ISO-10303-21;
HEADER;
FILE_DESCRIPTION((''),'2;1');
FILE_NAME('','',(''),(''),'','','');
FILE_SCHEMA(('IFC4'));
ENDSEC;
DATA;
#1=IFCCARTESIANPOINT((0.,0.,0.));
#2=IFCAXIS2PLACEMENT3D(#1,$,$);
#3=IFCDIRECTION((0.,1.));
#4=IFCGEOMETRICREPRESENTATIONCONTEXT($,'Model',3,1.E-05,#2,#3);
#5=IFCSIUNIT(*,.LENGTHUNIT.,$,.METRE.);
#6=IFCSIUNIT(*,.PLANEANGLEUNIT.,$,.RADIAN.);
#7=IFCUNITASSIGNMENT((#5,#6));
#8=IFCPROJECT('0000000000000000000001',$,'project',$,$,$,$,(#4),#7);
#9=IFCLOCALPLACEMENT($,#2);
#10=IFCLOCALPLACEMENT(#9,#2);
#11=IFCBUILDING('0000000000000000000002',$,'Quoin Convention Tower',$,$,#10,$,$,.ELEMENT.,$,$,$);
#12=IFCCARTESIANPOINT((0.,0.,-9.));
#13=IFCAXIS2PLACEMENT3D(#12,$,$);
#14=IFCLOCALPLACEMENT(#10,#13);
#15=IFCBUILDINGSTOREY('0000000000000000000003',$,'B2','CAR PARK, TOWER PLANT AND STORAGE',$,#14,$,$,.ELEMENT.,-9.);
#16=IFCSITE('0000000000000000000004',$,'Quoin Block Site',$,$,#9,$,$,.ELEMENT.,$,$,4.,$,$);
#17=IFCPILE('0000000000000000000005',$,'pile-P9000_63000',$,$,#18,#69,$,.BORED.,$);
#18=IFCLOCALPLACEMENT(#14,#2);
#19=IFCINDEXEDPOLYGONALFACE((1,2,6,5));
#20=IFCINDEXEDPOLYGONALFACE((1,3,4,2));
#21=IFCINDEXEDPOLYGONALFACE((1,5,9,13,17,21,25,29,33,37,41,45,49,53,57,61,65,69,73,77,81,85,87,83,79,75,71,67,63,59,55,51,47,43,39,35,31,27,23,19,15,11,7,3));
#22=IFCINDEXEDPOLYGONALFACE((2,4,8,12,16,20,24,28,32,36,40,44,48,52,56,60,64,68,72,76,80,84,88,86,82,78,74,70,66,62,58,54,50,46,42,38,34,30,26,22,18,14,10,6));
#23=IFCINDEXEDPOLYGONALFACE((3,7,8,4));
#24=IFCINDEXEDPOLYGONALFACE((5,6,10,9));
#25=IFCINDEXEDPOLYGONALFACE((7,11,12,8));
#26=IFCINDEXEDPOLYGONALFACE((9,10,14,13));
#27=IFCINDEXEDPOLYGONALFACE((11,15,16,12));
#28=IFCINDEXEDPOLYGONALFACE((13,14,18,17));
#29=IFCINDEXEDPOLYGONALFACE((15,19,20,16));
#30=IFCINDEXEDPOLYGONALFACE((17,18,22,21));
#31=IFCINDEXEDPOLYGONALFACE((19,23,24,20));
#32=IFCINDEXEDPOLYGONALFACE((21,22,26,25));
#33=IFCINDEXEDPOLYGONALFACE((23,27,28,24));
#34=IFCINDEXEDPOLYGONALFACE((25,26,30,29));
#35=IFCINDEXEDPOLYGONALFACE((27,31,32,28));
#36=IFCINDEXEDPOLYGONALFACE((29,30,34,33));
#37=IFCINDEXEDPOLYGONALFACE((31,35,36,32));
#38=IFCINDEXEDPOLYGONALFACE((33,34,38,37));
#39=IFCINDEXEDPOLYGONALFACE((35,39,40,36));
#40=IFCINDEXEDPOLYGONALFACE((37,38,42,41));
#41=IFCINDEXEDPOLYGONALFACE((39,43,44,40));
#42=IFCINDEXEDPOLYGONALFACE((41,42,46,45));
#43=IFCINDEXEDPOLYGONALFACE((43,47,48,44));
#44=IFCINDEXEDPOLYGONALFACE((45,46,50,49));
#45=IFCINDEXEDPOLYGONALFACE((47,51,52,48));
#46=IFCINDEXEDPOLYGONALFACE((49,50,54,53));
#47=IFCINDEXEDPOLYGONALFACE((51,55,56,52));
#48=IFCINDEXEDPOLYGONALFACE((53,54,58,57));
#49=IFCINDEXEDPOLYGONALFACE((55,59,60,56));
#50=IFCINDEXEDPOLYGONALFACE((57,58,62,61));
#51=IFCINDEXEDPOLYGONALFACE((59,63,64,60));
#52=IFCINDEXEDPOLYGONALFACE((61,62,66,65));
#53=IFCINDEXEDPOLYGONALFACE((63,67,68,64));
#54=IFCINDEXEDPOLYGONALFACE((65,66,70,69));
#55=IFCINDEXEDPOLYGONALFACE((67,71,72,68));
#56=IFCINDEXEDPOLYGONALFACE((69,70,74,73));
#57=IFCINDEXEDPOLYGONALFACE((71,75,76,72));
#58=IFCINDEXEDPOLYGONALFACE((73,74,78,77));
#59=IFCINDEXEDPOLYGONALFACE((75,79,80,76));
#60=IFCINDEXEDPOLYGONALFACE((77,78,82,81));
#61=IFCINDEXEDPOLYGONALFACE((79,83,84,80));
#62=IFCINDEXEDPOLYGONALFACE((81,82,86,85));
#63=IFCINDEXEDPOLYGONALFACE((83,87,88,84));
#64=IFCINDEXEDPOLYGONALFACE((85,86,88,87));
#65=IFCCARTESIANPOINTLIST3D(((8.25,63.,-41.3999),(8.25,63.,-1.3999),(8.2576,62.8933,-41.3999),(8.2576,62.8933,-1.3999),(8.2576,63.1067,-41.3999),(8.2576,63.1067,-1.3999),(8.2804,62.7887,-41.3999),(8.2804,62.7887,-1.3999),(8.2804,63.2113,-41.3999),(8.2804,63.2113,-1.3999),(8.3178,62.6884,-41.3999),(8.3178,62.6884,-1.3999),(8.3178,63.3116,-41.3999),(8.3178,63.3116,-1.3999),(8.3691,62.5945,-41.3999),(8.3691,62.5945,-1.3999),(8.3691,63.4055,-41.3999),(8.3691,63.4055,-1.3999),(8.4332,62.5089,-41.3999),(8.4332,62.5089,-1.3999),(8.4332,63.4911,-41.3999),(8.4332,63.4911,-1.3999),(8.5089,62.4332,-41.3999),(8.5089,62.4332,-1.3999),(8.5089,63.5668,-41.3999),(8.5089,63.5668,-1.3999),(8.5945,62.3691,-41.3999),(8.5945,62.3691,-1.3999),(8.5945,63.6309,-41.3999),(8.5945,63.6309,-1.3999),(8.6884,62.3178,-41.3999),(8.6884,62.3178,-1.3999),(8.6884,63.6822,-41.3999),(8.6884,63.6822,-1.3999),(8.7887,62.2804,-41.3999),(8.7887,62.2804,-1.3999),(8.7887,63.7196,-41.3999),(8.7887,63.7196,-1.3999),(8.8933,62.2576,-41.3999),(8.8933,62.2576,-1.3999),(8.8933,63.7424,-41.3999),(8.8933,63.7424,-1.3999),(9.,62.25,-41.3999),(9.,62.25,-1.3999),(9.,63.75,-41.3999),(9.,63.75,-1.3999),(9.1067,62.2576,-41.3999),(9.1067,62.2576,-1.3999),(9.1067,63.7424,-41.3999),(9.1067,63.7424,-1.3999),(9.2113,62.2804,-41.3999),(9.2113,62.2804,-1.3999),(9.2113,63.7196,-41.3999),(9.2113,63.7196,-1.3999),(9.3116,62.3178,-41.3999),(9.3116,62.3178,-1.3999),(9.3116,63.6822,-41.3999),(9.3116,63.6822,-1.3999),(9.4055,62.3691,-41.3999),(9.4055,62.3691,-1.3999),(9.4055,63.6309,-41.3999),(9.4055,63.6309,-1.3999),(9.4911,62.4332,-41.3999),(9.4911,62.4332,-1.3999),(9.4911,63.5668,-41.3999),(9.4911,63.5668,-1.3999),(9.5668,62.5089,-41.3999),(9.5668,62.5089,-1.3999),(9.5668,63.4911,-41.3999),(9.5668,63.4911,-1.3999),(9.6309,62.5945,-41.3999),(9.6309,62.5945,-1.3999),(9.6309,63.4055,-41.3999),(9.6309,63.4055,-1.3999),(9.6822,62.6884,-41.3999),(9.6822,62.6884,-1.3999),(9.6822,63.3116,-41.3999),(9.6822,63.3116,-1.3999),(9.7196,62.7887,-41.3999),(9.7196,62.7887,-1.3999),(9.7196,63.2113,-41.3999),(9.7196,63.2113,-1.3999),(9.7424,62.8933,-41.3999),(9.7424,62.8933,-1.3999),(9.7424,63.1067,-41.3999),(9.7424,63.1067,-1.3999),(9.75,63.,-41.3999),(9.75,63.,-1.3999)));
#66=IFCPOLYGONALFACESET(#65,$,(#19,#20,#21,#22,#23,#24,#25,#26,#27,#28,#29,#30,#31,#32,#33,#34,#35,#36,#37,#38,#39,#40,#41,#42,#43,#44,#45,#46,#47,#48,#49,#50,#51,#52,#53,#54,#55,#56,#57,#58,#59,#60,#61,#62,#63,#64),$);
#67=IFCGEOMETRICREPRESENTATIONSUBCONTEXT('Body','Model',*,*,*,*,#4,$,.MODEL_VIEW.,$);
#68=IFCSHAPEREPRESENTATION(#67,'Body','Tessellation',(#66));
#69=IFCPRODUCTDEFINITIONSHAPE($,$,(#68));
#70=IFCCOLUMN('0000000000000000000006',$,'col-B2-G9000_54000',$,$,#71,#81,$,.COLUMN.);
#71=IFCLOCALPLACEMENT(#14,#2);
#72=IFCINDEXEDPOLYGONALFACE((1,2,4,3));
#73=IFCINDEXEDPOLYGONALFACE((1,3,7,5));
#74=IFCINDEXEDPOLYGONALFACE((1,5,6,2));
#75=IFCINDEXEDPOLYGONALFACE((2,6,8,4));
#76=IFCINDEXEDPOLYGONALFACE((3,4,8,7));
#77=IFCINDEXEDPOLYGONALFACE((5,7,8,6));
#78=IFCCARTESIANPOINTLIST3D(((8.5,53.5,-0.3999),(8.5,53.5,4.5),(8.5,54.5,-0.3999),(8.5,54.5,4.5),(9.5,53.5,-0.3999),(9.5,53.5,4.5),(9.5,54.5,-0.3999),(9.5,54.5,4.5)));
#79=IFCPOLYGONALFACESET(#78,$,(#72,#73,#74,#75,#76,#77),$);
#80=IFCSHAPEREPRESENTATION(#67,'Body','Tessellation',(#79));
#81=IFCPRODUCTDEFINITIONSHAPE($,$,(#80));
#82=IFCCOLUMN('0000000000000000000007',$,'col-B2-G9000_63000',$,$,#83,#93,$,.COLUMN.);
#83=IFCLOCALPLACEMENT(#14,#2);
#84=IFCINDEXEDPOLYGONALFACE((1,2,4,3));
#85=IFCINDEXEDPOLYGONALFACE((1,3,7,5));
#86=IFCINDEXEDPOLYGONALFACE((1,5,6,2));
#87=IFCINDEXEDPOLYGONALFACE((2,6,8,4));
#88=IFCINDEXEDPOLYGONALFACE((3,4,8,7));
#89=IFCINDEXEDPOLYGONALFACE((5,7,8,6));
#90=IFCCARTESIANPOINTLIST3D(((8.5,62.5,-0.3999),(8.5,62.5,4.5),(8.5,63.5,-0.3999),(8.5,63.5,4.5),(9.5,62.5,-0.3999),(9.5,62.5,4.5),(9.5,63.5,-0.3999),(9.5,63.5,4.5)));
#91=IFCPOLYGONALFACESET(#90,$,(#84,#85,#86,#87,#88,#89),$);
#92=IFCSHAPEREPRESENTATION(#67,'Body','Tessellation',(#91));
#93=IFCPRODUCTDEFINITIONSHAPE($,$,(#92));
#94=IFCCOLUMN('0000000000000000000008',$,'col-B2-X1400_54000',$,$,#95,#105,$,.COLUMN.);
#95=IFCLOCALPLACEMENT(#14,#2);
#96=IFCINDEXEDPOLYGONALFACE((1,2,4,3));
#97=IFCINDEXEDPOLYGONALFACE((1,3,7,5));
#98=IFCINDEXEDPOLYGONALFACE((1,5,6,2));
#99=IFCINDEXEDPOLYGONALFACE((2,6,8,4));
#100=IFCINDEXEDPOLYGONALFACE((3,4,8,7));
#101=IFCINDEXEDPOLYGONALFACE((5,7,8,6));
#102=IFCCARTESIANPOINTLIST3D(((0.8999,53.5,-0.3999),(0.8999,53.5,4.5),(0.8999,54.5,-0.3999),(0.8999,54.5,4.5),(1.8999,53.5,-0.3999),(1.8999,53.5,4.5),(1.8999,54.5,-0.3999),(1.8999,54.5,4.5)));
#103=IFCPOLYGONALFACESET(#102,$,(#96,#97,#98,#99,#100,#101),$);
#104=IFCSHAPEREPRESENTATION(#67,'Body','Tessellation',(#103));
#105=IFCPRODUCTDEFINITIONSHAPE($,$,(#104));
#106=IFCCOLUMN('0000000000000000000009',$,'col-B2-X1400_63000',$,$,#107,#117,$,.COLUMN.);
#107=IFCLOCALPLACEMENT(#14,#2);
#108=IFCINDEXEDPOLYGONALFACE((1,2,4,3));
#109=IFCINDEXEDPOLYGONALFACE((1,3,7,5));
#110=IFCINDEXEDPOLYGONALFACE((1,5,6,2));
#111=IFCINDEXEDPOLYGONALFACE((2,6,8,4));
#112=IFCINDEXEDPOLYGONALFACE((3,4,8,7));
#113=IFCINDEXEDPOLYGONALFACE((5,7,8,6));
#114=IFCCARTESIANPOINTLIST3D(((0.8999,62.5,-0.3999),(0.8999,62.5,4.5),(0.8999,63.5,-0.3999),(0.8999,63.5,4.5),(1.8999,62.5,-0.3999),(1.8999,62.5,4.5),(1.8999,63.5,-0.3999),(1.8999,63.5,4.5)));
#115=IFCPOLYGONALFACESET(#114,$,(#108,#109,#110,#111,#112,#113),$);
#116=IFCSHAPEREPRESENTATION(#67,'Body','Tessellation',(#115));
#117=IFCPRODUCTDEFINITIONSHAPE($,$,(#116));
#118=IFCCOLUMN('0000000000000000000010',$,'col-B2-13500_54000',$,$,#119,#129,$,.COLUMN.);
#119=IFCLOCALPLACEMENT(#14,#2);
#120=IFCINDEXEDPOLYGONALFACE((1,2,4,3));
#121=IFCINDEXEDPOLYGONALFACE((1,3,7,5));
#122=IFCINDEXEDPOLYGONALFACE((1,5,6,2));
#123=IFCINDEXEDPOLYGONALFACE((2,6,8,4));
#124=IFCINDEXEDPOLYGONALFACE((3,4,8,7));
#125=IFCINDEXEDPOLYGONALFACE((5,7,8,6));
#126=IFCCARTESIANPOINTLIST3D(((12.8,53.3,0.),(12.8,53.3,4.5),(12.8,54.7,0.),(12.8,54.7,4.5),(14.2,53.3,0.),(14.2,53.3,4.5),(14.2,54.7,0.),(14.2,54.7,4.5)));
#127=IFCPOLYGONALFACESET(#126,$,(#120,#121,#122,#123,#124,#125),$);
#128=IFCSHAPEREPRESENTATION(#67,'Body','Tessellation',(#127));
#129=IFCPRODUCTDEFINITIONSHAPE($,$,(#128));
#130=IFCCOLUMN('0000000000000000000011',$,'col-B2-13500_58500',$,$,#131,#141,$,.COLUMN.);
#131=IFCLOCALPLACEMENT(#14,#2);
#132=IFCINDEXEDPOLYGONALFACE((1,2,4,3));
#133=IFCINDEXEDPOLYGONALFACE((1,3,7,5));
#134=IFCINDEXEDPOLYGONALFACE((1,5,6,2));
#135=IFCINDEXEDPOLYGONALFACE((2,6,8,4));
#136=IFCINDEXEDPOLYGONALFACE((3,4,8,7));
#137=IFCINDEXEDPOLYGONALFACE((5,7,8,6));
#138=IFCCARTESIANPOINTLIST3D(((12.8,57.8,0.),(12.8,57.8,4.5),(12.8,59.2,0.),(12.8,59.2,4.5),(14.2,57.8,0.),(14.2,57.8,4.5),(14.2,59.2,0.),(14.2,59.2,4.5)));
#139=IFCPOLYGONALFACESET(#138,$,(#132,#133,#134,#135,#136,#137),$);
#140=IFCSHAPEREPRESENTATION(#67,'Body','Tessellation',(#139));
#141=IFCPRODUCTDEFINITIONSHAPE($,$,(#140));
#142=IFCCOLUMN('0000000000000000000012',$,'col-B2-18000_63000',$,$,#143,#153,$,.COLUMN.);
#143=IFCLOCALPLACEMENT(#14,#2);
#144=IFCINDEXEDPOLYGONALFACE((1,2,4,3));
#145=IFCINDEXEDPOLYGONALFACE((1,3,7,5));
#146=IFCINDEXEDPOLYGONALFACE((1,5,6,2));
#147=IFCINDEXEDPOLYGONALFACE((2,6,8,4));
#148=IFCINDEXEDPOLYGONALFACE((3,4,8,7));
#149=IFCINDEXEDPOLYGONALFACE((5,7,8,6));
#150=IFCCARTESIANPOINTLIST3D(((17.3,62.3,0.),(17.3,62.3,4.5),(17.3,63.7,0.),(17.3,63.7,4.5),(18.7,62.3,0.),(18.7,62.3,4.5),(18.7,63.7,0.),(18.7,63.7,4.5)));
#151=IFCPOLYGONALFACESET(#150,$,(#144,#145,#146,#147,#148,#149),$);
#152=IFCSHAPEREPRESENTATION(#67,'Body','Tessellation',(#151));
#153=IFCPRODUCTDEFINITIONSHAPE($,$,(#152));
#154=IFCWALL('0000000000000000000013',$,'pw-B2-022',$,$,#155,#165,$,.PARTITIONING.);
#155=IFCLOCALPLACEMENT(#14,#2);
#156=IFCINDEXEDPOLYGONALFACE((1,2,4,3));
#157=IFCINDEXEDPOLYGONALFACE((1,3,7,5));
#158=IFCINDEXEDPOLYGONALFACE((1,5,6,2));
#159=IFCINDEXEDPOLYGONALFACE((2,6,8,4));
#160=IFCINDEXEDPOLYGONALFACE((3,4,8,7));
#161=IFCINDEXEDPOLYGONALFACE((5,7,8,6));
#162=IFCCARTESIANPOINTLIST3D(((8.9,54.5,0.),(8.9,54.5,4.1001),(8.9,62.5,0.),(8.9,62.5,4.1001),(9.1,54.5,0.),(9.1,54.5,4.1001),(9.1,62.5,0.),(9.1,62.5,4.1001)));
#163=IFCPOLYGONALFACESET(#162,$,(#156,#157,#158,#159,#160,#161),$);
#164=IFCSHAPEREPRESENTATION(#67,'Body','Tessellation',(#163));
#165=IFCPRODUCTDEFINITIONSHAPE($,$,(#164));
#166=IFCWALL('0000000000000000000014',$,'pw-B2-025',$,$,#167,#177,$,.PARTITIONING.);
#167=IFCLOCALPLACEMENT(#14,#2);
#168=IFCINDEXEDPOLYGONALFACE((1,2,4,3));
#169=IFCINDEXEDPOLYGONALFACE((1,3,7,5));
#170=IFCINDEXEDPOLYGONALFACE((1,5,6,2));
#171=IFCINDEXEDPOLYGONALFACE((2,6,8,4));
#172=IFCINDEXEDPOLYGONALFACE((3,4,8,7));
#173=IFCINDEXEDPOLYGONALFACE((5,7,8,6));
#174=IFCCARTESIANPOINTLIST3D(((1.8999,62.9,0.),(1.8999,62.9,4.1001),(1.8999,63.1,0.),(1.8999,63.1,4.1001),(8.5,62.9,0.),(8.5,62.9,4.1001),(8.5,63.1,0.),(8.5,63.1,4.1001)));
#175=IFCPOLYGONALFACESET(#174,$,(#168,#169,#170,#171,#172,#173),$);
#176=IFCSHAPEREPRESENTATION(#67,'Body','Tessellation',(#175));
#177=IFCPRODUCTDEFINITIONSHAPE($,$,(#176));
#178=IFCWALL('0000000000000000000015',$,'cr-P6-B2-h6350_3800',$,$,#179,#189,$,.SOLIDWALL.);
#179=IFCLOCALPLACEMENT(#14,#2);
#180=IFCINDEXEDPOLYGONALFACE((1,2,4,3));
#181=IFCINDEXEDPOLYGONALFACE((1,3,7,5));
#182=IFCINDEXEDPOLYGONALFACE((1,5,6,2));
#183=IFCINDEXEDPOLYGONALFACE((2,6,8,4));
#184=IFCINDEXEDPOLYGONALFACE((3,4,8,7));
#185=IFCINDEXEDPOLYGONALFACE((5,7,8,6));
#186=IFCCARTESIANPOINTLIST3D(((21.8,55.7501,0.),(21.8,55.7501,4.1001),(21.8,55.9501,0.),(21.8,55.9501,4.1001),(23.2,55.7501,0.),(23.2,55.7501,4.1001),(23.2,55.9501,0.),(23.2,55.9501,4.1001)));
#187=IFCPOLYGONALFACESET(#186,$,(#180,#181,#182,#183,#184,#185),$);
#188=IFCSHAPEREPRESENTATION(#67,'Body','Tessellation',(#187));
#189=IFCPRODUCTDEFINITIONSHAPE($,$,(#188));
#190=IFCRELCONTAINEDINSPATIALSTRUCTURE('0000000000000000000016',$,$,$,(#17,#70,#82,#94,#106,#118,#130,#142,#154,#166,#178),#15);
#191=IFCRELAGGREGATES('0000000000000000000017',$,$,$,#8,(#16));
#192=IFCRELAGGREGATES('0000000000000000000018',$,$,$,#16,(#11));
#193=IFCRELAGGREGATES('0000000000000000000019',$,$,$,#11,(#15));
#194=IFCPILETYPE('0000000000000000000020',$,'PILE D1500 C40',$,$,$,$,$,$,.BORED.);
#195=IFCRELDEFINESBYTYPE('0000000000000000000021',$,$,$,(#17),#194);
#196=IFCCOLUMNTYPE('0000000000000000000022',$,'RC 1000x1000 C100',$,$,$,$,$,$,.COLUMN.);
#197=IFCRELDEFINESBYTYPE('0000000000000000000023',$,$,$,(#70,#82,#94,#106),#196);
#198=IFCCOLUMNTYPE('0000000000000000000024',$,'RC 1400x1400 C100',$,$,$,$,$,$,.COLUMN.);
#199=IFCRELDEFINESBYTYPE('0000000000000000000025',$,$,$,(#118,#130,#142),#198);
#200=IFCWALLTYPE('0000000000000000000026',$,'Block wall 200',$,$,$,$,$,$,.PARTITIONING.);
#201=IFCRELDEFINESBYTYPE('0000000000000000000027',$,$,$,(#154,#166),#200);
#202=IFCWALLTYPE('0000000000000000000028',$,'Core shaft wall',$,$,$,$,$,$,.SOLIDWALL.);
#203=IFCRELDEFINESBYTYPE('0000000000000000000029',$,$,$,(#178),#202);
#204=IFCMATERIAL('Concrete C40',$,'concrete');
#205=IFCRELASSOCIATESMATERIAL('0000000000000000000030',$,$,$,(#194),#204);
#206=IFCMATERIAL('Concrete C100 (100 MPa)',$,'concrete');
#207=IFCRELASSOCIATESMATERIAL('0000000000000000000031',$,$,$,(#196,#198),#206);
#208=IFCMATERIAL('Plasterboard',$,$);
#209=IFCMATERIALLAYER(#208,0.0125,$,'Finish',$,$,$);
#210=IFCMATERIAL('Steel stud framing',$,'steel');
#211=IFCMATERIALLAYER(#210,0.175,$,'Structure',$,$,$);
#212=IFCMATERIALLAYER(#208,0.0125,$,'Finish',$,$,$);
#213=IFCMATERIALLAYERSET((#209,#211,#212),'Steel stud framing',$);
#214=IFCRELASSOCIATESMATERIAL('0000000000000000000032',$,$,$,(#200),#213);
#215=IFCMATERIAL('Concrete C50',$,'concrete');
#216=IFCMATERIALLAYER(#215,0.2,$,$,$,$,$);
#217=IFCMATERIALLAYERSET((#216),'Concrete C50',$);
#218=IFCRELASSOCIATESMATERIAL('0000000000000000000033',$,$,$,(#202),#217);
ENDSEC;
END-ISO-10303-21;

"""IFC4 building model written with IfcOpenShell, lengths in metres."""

from ifc_helpers import new_model, si_unit, direction, frame, frame_2d, origin, origin_2d, place, context, subcontext, project, spatial, rectangle, circle, extrude, material, layer, layer_set, material_profile, profile_set, type_object, element, save


model = new_model("IFC4")

# Units and contexts
model_context = context("Model", 3, precision=1e-05, world=origin(), true_north=direction((0.0, 1.0)))
body_context = subcontext(model_context, "Body", "Model", "MODEL_VIEW")
ifc_project = project(units=[si_unit("LENGTHUNIT", "METRE"), si_unit("PLANEANGLEUNIT", "RADIAN")], contexts=[model_context])

# Site, building, storey
site_placement = place(None, origin())
site = spatial("IfcSite", under=ifc_project, at=site_placement, Name="Quoin Block Site", CompositionType="ELEMENT", RefElevation=4.0)
building_placement = place(site_placement, origin())
building = spatial("IfcBuilding", under=site, at=building_placement, Name="Quoin Convention Tower", CompositionType="ELEMENT")
storey_placement = place(building_placement, frame((0.0, 0.0, -9.0)))
storey = spatial("IfcBuildingStorey", under=building, at=storey_placement, Name="B2", Description="CAR PARK, TOWER PLANT AND STORAGE", CompositionType="ELEMENT", Elevation=-9.0)

# Shared definitions
ifc_material_1 = material(Name="Concrete C50", Category="concrete")

# Pile
ifc_material_2 = material(Name="Concrete C40", Category="concrete")
ifc_material_profile_1 = material_profile(ifc_material_2, circle(Radius=0.75, at=origin_2d()), Name="D1500")
ifc_profile_set_1 = profile_set([ifc_material_profile_1], Name="Concrete C40")
pile_type = type_object("IfcPileType", Name="PILE D1500 C40", PredefinedType="BORED", material=ifc_profile_set_1)
for number, where, z_axis, x_axis, name in (
    (1, (9.0, 63.0, -1.3999), (0.0, 0.0, -1.0), (1.0, 0.0, 0.0), "pile-P9000_63000"),
):
    element("IfcPile", number, at=place(storey_placement, frame(where, z_axis=z_axis, x_axis=x_axis)), inside=storey, type_object=pile_type, Name=name, PredefinedType="BORED", context=body_context, shape_type="SweptSolid", body=[
        extrude(circle(Radius=0.75, at=origin_2d()), origin(), (0.0, 0.0, 1.0), 40.0),
    ])

# Columns
ifc_material_3 = material(Name="Concrete C100 (100 MPa)", Category="concrete")
ifc_material_profile_2 = material_profile(ifc_material_3, rectangle(XDim=1.0, YDim=1.0, at=origin_2d()), Name="RC 1000x1000")
ifc_profile_set_2 = profile_set([ifc_material_profile_2], Name="Concrete C100 (100 MPa)")
column_type_1 = type_object("IfcColumnType", Name="RC 1000x1000 C100", PredefinedType="COLUMN", material=ifc_profile_set_2)
for number, where, z_axis, x_axis, name in (
    (2, (9.0, 54.0, -0.3999), (0.0, 0.0, 1.0), (1.0, 0.0, 0.0), "col-B2-G9000_54000"),
    (3, (9.0, 63.0, -0.3999), (0.0, 0.0, 1.0), (1.0, 0.0, 0.0), "col-B2-G9000_63000"),
    (4, (1.3999, 54.0, -0.3999), (0.0, 0.0, 1.0), (1.0, 0.0, 0.0), "col-B2-X1400_54000"),
    (5, (1.3999, 63.0, -0.3999), (0.0, 0.0, 1.0), (1.0, 0.0, 0.0), "col-B2-X1400_63000"),
):
    element("IfcColumn", number, at=place(storey_placement, frame(where, z_axis=z_axis, x_axis=x_axis)), inside=storey, type_object=column_type_1, Name=name, PredefinedType="COLUMN", context=body_context, shape_type="SweptSolid", body=[
        extrude(rectangle(XDim=1.0, YDim=1.0, at=origin_2d()), origin(), (0.0, 0.0, 1.0), 4.8999),
    ])
ifc_material_profile_3 = material_profile(ifc_material_3, rectangle(XDim=1.3999, YDim=1.3999, at=origin_2d()), Name="RC 1400x1400")
ifc_profile_set_3 = profile_set([ifc_material_profile_3], Name="Concrete C100 (100 MPa)")
column_type_2 = type_object("IfcColumnType", Name="RC 1400x1400 C100", PredefinedType="COLUMN", material=ifc_profile_set_3)
for number, where, z_axis, x_axis, name in (
    (6, (13.5, 54.0, 0.0), (0.0, 0.0, 1.0), (1.0, 0.0, 0.0), "col-B2-13500_54000"),
    (7, (13.5, 58.5, 0.0), (0.0, 0.0, 1.0), (1.0, 0.0, 0.0), "col-B2-13500_58500"),
    (8, (18.0, 63.0, 0.0), (0.0, 0.0, 1.0), (1.0, 0.0, 0.0), "col-B2-18000_63000"),
):
    element("IfcColumn", number, at=place(storey_placement, frame(where, z_axis=z_axis, x_axis=x_axis)), inside=storey, type_object=column_type_2, Name=name, PredefinedType="COLUMN", context=body_context, shape_type="SweptSolid", body=[
        extrude(rectangle(XDim=1.3999, YDim=1.3999, at=origin_2d()), origin(), (0.0, 0.0, 1.0), 4.5),
    ])

# Walls
ifc_material_4 = material(Name="Plasterboard")
ifc_layer_1 = layer(ifc_material_4, 0.0125, Name="Finish")
ifc_material_5 = material(Name="Steel stud framing", Category="steel")
ifc_layer_2 = layer(ifc_material_5, 0.175, Name="Structure")
ifc_layer_3 = layer(ifc_material_4, 0.0125, Name="Finish")
ifc_layer_set_1 = layer_set([ifc_layer_1, ifc_layer_2, ifc_layer_3], Name="Steel stud framing")
wall_type_1 = type_object("IfcWallType", Name="Block wall 200", PredefinedType="PARTITIONING", material=ifc_layer_set_1)
wall_1_placement = place(storey_placement, frame((9.0, 54.5, 0.0), z_axis=(0.0, 0.0, 1.0), x_axis=(0.0, 1.0, 0.0)))
element("IfcWall", 9, at=wall_1_placement, inside=storey, type_object=wall_type_1, Name="pw-B2-022", PredefinedType="PARTITIONING", context=body_context, shape_type="SweptSolid", body=[
    extrude(rectangle(XDim=8.0, YDim=0.2, at=frame_2d((4.0, 0.0))), origin(), (0.0, 0.0, 1.0), 4.1001),
])
wall_2_placement = place(storey_placement, frame((1.8999, 63.0, 0.0), z_axis=(0.0, 0.0, 1.0), x_axis=(1.0, 0.0, 0.0)))
element("IfcWall", 10, at=wall_2_placement, inside=storey, type_object=wall_type_1, Name="pw-B2-025", PredefinedType="PARTITIONING", context=body_context, shape_type="SweptSolid", body=[
    extrude(rectangle(XDim=6.6001, YDim=0.2, at=frame_2d((3.3, 0.0))), origin(), (0.0, 0.0, 1.0), 4.1001),
])
ifc_layer_4 = layer(ifc_material_1, 0.2)
ifc_layer_set_2 = layer_set([ifc_layer_4], Name="Concrete C50")
wall_type_2 = type_object("IfcWallType", Name="Core shaft wall", PredefinedType="SOLIDWALL", material=ifc_layer_set_2)
wall_3_placement = place(storey_placement, frame((21.8, 55.8501, 0.0), z_axis=(0.0, 0.0, 1.0), x_axis=(1.0, 0.0, 0.0)))
element("IfcWall", 11, at=wall_3_placement, inside=storey, type_object=wall_type_2, Name="cr-P6-B2-h6350_3800", PredefinedType="SOLIDWALL", context=body_context, shape_type="SweptSolid", body=[
    extrude(rectangle(XDim=1.3999, YDim=0.2, at=frame_2d((0.7, 0.0))), origin(), (0.0, 0.0, 1.0), 4.1001),
])

save(model, "model.ifc")
